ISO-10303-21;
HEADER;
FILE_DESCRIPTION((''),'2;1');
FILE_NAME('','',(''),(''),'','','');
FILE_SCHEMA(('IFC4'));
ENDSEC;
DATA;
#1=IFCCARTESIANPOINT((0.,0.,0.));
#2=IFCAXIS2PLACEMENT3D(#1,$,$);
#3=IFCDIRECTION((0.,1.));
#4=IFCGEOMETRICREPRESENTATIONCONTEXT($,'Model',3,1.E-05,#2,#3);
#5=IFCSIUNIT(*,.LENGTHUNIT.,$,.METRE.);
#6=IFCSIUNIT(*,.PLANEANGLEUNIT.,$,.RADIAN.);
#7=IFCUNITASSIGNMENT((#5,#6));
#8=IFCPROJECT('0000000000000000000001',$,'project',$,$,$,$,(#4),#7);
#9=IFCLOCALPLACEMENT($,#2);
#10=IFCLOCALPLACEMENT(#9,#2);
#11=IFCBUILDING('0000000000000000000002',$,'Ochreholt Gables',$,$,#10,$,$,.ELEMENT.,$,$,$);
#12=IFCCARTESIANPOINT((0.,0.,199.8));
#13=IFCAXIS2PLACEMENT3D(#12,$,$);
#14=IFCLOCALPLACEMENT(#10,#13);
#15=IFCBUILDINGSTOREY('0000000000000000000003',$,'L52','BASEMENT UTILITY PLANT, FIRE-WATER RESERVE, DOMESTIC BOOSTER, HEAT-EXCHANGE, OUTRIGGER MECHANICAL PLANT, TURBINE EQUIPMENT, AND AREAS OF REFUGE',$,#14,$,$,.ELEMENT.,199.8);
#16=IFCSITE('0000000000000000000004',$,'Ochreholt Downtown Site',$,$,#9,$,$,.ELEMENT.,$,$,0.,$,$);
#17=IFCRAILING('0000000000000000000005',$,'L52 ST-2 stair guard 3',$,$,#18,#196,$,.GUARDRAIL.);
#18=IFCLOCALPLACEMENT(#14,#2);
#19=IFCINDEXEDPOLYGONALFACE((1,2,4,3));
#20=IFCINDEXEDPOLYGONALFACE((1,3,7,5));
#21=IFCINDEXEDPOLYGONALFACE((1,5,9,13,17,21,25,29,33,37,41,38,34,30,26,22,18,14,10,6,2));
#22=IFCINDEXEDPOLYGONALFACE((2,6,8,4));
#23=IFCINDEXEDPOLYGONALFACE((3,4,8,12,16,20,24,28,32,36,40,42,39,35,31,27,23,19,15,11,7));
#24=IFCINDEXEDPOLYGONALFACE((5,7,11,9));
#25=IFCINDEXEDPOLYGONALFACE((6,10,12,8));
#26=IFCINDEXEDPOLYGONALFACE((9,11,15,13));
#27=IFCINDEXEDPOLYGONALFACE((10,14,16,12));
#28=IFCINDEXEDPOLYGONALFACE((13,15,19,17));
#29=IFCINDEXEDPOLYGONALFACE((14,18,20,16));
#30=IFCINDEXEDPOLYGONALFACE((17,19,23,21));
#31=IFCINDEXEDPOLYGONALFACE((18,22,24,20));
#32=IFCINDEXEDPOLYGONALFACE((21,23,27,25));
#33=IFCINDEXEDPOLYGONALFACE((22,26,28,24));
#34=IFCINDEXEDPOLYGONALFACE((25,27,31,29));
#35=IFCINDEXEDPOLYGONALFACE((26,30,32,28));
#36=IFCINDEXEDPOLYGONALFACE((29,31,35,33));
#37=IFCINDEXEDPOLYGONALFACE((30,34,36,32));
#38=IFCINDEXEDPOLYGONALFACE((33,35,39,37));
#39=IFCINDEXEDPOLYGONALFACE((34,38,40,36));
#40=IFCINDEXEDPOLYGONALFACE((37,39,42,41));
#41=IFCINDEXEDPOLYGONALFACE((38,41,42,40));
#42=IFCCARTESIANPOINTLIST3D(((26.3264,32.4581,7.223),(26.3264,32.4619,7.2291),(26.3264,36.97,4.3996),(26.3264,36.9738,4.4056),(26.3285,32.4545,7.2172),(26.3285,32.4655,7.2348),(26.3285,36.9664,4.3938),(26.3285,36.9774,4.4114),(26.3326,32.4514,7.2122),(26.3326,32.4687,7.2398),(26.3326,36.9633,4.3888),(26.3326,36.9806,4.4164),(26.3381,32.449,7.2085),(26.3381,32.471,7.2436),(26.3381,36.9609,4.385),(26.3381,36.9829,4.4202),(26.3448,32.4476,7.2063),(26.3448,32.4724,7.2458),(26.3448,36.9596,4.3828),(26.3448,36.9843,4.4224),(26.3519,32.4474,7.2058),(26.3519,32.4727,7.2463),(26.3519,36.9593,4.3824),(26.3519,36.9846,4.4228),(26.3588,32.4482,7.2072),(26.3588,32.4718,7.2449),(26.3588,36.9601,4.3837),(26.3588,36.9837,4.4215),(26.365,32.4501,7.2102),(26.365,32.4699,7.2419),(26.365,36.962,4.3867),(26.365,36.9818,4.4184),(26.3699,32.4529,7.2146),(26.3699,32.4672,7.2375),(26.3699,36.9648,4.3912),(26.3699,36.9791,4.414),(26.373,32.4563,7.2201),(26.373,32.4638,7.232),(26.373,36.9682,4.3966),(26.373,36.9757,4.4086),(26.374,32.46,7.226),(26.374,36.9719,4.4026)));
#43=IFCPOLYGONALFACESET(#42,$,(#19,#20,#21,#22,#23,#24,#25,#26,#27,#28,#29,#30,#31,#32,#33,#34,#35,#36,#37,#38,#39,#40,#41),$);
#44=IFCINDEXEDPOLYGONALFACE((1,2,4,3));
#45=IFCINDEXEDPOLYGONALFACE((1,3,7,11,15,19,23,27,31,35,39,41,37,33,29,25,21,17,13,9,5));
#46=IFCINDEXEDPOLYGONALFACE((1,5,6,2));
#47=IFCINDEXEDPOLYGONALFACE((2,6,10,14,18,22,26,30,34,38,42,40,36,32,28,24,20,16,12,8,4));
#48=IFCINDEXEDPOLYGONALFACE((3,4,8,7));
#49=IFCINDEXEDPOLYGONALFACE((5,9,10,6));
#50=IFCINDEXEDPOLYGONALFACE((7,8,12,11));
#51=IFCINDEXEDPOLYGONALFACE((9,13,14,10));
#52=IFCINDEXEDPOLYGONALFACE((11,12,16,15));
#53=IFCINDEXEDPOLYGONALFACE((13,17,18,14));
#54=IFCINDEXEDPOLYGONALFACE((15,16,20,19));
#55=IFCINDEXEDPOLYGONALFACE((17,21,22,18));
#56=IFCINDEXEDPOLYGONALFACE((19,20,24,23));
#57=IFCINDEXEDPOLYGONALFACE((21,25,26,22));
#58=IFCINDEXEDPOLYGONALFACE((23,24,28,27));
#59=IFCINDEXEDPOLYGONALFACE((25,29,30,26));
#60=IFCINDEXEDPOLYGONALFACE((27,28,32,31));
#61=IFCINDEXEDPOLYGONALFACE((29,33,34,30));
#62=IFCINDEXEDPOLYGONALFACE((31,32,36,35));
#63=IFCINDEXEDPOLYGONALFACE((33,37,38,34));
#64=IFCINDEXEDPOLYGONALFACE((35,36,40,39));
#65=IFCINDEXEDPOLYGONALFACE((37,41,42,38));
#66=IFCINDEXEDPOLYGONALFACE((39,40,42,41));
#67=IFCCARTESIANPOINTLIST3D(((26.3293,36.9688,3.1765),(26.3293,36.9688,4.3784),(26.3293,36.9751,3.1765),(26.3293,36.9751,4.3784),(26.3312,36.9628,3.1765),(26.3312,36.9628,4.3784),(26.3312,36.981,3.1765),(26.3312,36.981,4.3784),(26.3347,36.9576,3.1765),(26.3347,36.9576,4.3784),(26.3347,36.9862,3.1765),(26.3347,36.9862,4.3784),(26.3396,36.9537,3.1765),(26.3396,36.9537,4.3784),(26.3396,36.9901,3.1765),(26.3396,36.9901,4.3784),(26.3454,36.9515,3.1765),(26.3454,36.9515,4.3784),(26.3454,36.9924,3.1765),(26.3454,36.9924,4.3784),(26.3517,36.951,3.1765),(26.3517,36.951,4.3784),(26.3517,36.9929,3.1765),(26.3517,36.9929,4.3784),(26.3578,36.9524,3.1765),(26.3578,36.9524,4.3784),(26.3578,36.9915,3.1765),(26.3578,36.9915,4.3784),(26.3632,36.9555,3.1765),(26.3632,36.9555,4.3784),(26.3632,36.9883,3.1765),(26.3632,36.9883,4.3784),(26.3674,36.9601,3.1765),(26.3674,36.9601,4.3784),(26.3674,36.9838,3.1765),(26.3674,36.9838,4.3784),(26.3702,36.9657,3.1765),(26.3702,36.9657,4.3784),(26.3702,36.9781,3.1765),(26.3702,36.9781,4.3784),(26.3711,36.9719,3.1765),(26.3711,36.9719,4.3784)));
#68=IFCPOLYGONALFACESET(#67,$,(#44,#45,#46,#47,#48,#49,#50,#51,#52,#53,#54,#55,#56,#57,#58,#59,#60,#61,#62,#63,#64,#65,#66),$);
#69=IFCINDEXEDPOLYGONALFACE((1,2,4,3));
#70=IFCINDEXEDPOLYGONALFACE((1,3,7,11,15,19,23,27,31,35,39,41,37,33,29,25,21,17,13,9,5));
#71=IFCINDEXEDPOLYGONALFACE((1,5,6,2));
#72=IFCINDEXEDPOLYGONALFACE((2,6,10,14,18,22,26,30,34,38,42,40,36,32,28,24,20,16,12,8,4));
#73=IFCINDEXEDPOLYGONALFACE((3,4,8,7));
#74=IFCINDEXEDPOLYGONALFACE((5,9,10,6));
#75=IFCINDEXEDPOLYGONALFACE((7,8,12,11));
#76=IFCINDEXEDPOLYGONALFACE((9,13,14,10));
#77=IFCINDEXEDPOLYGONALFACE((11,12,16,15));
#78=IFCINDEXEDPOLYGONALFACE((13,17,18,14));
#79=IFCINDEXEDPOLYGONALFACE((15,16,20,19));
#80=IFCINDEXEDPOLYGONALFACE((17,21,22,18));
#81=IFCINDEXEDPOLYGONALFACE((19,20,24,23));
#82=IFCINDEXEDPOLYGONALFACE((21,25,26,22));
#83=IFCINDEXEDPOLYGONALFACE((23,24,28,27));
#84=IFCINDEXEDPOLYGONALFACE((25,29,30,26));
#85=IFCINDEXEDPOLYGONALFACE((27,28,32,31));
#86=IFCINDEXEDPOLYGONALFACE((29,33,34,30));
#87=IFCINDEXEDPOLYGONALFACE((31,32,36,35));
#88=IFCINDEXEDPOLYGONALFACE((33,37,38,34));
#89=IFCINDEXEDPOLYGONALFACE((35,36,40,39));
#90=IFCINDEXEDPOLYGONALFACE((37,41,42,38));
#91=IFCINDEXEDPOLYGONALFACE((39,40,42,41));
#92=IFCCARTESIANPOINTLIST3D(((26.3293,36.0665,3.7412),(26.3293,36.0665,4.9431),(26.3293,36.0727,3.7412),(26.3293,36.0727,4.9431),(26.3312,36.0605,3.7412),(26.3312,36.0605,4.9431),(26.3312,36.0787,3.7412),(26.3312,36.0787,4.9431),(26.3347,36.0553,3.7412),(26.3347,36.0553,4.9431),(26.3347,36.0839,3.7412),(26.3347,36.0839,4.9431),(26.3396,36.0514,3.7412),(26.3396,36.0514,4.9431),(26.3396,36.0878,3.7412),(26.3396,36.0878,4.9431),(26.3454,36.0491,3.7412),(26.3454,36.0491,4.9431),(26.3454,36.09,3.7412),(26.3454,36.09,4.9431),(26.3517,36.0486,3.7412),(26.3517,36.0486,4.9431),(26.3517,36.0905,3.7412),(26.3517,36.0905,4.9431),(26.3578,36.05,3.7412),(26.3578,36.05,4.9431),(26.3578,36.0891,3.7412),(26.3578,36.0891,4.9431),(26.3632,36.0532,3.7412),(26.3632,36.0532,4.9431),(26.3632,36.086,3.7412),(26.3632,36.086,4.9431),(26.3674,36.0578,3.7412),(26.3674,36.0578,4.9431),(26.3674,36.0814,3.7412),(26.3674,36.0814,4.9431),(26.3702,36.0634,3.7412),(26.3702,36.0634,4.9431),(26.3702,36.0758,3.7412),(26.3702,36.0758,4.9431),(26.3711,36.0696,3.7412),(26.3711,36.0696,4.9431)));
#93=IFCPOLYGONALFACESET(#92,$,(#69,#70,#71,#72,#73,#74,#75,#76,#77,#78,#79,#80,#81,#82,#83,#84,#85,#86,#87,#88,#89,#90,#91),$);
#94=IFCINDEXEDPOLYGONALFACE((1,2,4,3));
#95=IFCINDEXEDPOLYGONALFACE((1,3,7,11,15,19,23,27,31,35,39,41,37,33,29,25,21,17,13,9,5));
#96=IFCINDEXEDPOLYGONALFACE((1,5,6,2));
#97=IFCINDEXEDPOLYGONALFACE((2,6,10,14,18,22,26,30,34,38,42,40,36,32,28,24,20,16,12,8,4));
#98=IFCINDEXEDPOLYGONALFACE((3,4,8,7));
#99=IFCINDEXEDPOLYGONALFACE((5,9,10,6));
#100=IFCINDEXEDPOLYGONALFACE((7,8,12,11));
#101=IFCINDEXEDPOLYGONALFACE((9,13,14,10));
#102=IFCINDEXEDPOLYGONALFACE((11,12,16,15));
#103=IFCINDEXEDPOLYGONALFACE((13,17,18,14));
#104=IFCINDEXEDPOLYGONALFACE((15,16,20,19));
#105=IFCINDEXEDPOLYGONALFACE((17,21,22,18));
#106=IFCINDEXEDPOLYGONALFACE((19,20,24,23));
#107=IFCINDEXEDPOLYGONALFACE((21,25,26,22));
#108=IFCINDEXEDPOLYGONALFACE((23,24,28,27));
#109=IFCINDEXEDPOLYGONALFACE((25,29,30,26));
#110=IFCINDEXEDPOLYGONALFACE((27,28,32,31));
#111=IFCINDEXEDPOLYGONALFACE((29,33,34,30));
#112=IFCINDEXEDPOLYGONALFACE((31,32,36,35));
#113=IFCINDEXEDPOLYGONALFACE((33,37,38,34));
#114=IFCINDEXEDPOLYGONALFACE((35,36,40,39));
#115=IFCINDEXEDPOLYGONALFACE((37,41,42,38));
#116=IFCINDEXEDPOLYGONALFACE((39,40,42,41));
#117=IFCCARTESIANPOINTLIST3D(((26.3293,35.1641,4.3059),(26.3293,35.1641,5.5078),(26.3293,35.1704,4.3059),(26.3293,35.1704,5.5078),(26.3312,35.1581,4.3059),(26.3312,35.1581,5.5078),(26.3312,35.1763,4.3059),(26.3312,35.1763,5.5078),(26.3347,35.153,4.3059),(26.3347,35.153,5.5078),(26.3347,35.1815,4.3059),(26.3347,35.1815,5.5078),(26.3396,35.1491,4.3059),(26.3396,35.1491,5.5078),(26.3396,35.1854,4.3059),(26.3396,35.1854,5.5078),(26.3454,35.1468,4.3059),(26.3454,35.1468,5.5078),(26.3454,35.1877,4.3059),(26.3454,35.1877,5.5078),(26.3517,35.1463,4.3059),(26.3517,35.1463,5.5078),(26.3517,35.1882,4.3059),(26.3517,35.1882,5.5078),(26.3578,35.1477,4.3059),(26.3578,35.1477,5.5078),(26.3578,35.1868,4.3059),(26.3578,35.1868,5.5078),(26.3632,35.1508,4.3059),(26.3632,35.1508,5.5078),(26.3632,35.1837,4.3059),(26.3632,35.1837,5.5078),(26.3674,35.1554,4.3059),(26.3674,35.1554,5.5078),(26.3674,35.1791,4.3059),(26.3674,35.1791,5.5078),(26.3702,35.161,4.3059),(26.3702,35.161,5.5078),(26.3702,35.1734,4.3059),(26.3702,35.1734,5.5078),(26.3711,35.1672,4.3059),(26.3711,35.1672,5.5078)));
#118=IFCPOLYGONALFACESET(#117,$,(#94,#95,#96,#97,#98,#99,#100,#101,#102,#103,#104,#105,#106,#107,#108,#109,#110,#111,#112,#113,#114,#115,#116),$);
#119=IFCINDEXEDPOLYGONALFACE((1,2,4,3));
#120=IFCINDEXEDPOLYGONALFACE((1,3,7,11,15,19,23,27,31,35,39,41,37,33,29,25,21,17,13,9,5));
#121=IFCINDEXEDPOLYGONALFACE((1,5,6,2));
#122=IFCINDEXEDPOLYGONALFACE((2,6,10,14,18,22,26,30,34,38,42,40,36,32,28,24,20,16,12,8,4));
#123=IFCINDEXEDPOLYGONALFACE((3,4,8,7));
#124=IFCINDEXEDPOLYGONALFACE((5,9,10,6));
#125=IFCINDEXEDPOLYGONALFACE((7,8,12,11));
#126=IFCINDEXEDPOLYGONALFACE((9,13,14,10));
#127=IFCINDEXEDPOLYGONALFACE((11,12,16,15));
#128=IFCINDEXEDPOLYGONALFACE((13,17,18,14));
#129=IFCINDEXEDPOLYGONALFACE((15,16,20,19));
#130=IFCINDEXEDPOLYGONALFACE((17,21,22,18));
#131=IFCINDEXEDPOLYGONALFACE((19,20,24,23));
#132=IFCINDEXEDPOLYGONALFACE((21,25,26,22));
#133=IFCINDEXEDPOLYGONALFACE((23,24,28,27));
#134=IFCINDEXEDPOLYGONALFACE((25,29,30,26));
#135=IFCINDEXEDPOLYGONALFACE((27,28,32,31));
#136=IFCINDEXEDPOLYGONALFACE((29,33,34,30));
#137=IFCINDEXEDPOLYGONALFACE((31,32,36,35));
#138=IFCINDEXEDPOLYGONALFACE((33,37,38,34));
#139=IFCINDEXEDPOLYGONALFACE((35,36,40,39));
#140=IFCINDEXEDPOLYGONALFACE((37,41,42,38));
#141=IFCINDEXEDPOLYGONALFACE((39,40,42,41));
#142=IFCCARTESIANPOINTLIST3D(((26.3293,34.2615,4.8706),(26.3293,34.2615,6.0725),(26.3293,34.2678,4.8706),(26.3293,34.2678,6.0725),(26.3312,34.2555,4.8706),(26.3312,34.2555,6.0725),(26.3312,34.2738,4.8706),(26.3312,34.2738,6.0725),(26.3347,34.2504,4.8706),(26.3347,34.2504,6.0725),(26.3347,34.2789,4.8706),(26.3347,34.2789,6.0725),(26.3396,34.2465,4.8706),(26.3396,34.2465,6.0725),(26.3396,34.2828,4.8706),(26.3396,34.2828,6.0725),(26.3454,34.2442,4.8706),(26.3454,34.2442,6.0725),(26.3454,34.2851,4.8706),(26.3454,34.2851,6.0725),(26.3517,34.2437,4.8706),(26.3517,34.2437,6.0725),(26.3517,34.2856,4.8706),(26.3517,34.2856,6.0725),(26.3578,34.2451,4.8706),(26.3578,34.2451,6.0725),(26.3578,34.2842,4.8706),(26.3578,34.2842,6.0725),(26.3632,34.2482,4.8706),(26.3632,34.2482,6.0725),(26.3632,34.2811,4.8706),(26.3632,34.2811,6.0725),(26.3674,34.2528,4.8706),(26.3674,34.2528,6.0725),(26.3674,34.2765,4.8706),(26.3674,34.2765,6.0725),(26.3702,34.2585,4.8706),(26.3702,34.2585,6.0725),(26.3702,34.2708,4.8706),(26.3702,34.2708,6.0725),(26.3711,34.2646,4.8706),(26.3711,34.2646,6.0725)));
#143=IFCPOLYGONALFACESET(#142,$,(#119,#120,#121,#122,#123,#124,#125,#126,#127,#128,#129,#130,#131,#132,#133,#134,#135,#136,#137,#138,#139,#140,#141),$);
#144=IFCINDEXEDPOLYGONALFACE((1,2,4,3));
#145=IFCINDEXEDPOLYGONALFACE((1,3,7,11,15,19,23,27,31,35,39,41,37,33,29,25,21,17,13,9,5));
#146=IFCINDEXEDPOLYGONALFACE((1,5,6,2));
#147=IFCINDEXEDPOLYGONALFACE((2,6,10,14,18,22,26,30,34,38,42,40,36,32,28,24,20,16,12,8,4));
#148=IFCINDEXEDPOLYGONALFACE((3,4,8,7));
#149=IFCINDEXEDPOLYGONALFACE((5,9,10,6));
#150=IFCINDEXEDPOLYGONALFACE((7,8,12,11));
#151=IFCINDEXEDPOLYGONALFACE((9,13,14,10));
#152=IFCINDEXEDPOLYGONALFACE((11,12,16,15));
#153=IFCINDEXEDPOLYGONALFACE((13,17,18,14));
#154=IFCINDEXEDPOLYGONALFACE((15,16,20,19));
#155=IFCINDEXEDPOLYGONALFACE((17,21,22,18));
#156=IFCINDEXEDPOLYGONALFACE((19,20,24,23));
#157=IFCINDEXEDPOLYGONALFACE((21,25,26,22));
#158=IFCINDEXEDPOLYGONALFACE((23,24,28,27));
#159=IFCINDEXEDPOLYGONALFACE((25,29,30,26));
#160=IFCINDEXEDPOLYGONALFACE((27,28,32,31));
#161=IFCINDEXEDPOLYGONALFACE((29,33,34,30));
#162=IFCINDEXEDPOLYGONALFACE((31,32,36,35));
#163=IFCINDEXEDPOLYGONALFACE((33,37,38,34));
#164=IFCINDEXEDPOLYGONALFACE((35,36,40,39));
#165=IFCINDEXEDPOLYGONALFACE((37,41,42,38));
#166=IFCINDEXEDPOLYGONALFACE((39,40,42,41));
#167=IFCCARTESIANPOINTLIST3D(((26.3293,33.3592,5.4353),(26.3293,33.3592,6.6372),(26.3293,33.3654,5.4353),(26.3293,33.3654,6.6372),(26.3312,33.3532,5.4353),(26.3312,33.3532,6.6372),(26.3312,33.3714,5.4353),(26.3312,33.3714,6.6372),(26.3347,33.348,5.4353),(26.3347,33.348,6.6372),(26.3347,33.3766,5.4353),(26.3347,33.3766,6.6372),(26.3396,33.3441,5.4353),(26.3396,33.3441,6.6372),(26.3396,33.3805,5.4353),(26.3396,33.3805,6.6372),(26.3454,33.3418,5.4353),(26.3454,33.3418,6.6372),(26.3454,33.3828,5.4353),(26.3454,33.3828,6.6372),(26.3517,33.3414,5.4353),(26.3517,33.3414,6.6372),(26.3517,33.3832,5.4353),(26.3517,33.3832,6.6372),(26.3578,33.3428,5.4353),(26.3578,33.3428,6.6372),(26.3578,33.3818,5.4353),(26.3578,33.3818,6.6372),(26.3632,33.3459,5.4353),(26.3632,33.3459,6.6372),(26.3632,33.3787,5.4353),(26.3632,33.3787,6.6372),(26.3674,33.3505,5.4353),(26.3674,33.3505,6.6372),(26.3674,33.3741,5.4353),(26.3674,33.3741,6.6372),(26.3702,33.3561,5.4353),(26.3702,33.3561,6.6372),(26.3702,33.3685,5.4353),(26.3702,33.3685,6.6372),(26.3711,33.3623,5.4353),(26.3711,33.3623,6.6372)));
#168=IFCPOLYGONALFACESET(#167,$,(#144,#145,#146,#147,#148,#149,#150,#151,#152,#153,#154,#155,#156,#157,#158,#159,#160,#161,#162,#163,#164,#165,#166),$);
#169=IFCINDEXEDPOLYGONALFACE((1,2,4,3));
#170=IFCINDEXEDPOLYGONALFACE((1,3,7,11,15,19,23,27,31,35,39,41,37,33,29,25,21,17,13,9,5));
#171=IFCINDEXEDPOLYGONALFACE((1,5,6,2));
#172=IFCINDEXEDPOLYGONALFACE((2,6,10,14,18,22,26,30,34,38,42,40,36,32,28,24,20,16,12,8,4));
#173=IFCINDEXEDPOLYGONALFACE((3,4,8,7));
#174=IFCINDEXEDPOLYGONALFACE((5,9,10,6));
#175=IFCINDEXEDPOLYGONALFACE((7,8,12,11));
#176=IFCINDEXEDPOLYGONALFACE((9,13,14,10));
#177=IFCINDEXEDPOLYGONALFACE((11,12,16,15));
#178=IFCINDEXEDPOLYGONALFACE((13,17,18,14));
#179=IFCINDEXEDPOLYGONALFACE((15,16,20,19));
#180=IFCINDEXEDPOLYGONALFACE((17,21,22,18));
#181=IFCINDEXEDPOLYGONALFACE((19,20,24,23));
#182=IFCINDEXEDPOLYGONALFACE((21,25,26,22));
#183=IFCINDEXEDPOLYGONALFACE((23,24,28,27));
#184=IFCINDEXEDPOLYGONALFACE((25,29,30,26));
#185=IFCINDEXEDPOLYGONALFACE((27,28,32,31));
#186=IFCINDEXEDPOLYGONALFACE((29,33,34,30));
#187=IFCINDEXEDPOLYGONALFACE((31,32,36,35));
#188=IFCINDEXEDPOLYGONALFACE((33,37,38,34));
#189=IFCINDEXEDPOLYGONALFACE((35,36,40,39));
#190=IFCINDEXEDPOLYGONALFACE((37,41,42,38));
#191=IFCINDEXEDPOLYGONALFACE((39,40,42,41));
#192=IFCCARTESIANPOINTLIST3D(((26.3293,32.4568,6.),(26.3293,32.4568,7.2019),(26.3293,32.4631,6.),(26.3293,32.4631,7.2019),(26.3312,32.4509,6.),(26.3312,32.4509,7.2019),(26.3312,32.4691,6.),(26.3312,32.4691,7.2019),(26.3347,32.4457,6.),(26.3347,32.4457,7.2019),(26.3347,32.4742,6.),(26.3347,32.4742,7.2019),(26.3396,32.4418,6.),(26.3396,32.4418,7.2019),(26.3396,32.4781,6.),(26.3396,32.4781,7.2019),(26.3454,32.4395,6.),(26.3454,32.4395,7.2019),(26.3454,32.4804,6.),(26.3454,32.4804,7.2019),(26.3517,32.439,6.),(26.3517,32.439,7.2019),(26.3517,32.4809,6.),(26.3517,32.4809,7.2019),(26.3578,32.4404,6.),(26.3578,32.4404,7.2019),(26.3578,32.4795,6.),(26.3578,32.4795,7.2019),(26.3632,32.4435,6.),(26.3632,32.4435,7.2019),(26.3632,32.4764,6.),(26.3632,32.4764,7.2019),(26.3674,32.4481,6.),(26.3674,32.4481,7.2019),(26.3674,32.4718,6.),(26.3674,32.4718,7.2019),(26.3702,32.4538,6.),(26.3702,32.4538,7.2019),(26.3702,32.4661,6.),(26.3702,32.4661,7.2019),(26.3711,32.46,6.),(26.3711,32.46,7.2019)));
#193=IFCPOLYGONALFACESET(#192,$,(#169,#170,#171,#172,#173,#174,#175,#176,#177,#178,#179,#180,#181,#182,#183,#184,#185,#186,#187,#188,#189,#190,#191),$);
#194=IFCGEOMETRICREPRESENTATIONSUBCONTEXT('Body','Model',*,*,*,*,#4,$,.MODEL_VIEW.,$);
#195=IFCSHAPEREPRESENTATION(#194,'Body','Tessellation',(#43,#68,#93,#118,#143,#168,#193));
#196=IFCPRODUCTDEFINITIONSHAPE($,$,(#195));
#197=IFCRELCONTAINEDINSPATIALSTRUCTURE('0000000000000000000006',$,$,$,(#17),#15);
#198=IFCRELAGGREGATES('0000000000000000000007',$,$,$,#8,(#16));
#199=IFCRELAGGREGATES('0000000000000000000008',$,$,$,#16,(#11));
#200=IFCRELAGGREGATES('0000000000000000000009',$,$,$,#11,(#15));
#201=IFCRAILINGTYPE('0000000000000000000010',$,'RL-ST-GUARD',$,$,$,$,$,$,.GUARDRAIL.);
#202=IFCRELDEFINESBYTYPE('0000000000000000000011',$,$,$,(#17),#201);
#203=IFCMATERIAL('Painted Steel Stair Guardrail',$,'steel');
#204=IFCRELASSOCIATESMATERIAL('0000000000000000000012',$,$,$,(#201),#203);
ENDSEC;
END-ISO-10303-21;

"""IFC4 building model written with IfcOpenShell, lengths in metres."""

from ifc_helpers import new_model, si_unit, direction, frame, origin, origin_2d, place, context, subcontext, project, spatial, circle, extrude, material, type_object, element, save


model = new_model("IFC4")

# Units and contexts
model_context = context("Model", 3, precision=1e-05, world=origin(), true_north=direction((0.0, 1.0)))
body_context = subcontext(model_context, "Body", "Model", "MODEL_VIEW")
ifc_project = project(units=[si_unit("LENGTHUNIT", "METRE"), si_unit("PLANEANGLEUNIT", "RADIAN")], contexts=[model_context])

# Site, building, storey
site_placement = place(None, origin())
site = spatial("IfcSite", under=ifc_project, at=site_placement, Name="Ochreholt Downtown Site", CompositionType="ELEMENT", RefElevation=0.0)
building_placement = place(site_placement, origin())
building = spatial("IfcBuilding", under=site, at=building_placement, Name="Ochreholt Gables", CompositionType="ELEMENT")
storey_placement = place(building_placement, frame((0.0, 0.0, 199.8)))
storey = spatial("IfcBuildingStorey", under=building, at=storey_placement, Name="L52", Description="BASEMENT UTILITY PLANT, FIRE-WATER RESERVE, DOMESTIC BOOSTER, HEAT-EXCHANGE, OUTRIGGER MECHANICAL PLANT, TURBINE EQUIPMENT, AND AREAS OF REFUGE", CompositionType="ELEMENT", Elevation=199.8)

# Railing
ifc_material_1 = material(Name="Painted Steel Stair Guardrail", Category="steel")
railing_type_1 = type_object("IfcRailingType", Name="RL-ST-GUARD", PredefinedType="GUARDRAIL", material=ifc_material_1)
railing_1_placement = place(storey_placement, frame((26.3501, 36.9719, 3.1765)))
element("IfcRailing", 1, at=railing_1_placement, inside=storey, type_object=railing_type_1, Name="L52 ST-2 stair guard 3", PredefinedType="GUARDRAIL", context=body_context, shape_type="SweptSolid", body=[
    extrude(circle(Radius=0.0239, at=origin_2d()), frame((0.0, 0.0, 1.2261), z_axis=(0.0, -0.847702, 0.530473), x_axis=(1.0, 0.0, 0.0)), (0.0, 0.0, 1.0), 5.3225),
    extrude(circle(Radius=0.021, at=origin_2d()), origin(), (0.0, 0.0, 1.0), 1.2019),
    extrude(circle(Radius=0.021, at=origin_2d()), frame((0.0, -0.9023, 0.5647)), (0.0, 0.0, 1.0), 1.2019),
    extrude(circle(Radius=0.021, at=origin_2d()), frame((0.0, -1.8047, 1.1294)), (0.0, 0.0, 1.0), 1.2019),
    extrude(circle(Radius=0.021, at=origin_2d()), frame((0.0, -2.7073, 1.6941)), (0.0, 0.0, 1.0), 1.2019),
    extrude(circle(Radius=0.021, at=origin_2d()), frame((0.0, -3.6096, 2.2588)), (0.0, 0.0, 1.0), 1.2019),
    extrude(circle(Radius=0.021, at=origin_2d()), frame((0.0, -4.512, 2.8235)), (0.0, 0.0, 1.0), 1.2019),
])

save(model, "model.ifc")
